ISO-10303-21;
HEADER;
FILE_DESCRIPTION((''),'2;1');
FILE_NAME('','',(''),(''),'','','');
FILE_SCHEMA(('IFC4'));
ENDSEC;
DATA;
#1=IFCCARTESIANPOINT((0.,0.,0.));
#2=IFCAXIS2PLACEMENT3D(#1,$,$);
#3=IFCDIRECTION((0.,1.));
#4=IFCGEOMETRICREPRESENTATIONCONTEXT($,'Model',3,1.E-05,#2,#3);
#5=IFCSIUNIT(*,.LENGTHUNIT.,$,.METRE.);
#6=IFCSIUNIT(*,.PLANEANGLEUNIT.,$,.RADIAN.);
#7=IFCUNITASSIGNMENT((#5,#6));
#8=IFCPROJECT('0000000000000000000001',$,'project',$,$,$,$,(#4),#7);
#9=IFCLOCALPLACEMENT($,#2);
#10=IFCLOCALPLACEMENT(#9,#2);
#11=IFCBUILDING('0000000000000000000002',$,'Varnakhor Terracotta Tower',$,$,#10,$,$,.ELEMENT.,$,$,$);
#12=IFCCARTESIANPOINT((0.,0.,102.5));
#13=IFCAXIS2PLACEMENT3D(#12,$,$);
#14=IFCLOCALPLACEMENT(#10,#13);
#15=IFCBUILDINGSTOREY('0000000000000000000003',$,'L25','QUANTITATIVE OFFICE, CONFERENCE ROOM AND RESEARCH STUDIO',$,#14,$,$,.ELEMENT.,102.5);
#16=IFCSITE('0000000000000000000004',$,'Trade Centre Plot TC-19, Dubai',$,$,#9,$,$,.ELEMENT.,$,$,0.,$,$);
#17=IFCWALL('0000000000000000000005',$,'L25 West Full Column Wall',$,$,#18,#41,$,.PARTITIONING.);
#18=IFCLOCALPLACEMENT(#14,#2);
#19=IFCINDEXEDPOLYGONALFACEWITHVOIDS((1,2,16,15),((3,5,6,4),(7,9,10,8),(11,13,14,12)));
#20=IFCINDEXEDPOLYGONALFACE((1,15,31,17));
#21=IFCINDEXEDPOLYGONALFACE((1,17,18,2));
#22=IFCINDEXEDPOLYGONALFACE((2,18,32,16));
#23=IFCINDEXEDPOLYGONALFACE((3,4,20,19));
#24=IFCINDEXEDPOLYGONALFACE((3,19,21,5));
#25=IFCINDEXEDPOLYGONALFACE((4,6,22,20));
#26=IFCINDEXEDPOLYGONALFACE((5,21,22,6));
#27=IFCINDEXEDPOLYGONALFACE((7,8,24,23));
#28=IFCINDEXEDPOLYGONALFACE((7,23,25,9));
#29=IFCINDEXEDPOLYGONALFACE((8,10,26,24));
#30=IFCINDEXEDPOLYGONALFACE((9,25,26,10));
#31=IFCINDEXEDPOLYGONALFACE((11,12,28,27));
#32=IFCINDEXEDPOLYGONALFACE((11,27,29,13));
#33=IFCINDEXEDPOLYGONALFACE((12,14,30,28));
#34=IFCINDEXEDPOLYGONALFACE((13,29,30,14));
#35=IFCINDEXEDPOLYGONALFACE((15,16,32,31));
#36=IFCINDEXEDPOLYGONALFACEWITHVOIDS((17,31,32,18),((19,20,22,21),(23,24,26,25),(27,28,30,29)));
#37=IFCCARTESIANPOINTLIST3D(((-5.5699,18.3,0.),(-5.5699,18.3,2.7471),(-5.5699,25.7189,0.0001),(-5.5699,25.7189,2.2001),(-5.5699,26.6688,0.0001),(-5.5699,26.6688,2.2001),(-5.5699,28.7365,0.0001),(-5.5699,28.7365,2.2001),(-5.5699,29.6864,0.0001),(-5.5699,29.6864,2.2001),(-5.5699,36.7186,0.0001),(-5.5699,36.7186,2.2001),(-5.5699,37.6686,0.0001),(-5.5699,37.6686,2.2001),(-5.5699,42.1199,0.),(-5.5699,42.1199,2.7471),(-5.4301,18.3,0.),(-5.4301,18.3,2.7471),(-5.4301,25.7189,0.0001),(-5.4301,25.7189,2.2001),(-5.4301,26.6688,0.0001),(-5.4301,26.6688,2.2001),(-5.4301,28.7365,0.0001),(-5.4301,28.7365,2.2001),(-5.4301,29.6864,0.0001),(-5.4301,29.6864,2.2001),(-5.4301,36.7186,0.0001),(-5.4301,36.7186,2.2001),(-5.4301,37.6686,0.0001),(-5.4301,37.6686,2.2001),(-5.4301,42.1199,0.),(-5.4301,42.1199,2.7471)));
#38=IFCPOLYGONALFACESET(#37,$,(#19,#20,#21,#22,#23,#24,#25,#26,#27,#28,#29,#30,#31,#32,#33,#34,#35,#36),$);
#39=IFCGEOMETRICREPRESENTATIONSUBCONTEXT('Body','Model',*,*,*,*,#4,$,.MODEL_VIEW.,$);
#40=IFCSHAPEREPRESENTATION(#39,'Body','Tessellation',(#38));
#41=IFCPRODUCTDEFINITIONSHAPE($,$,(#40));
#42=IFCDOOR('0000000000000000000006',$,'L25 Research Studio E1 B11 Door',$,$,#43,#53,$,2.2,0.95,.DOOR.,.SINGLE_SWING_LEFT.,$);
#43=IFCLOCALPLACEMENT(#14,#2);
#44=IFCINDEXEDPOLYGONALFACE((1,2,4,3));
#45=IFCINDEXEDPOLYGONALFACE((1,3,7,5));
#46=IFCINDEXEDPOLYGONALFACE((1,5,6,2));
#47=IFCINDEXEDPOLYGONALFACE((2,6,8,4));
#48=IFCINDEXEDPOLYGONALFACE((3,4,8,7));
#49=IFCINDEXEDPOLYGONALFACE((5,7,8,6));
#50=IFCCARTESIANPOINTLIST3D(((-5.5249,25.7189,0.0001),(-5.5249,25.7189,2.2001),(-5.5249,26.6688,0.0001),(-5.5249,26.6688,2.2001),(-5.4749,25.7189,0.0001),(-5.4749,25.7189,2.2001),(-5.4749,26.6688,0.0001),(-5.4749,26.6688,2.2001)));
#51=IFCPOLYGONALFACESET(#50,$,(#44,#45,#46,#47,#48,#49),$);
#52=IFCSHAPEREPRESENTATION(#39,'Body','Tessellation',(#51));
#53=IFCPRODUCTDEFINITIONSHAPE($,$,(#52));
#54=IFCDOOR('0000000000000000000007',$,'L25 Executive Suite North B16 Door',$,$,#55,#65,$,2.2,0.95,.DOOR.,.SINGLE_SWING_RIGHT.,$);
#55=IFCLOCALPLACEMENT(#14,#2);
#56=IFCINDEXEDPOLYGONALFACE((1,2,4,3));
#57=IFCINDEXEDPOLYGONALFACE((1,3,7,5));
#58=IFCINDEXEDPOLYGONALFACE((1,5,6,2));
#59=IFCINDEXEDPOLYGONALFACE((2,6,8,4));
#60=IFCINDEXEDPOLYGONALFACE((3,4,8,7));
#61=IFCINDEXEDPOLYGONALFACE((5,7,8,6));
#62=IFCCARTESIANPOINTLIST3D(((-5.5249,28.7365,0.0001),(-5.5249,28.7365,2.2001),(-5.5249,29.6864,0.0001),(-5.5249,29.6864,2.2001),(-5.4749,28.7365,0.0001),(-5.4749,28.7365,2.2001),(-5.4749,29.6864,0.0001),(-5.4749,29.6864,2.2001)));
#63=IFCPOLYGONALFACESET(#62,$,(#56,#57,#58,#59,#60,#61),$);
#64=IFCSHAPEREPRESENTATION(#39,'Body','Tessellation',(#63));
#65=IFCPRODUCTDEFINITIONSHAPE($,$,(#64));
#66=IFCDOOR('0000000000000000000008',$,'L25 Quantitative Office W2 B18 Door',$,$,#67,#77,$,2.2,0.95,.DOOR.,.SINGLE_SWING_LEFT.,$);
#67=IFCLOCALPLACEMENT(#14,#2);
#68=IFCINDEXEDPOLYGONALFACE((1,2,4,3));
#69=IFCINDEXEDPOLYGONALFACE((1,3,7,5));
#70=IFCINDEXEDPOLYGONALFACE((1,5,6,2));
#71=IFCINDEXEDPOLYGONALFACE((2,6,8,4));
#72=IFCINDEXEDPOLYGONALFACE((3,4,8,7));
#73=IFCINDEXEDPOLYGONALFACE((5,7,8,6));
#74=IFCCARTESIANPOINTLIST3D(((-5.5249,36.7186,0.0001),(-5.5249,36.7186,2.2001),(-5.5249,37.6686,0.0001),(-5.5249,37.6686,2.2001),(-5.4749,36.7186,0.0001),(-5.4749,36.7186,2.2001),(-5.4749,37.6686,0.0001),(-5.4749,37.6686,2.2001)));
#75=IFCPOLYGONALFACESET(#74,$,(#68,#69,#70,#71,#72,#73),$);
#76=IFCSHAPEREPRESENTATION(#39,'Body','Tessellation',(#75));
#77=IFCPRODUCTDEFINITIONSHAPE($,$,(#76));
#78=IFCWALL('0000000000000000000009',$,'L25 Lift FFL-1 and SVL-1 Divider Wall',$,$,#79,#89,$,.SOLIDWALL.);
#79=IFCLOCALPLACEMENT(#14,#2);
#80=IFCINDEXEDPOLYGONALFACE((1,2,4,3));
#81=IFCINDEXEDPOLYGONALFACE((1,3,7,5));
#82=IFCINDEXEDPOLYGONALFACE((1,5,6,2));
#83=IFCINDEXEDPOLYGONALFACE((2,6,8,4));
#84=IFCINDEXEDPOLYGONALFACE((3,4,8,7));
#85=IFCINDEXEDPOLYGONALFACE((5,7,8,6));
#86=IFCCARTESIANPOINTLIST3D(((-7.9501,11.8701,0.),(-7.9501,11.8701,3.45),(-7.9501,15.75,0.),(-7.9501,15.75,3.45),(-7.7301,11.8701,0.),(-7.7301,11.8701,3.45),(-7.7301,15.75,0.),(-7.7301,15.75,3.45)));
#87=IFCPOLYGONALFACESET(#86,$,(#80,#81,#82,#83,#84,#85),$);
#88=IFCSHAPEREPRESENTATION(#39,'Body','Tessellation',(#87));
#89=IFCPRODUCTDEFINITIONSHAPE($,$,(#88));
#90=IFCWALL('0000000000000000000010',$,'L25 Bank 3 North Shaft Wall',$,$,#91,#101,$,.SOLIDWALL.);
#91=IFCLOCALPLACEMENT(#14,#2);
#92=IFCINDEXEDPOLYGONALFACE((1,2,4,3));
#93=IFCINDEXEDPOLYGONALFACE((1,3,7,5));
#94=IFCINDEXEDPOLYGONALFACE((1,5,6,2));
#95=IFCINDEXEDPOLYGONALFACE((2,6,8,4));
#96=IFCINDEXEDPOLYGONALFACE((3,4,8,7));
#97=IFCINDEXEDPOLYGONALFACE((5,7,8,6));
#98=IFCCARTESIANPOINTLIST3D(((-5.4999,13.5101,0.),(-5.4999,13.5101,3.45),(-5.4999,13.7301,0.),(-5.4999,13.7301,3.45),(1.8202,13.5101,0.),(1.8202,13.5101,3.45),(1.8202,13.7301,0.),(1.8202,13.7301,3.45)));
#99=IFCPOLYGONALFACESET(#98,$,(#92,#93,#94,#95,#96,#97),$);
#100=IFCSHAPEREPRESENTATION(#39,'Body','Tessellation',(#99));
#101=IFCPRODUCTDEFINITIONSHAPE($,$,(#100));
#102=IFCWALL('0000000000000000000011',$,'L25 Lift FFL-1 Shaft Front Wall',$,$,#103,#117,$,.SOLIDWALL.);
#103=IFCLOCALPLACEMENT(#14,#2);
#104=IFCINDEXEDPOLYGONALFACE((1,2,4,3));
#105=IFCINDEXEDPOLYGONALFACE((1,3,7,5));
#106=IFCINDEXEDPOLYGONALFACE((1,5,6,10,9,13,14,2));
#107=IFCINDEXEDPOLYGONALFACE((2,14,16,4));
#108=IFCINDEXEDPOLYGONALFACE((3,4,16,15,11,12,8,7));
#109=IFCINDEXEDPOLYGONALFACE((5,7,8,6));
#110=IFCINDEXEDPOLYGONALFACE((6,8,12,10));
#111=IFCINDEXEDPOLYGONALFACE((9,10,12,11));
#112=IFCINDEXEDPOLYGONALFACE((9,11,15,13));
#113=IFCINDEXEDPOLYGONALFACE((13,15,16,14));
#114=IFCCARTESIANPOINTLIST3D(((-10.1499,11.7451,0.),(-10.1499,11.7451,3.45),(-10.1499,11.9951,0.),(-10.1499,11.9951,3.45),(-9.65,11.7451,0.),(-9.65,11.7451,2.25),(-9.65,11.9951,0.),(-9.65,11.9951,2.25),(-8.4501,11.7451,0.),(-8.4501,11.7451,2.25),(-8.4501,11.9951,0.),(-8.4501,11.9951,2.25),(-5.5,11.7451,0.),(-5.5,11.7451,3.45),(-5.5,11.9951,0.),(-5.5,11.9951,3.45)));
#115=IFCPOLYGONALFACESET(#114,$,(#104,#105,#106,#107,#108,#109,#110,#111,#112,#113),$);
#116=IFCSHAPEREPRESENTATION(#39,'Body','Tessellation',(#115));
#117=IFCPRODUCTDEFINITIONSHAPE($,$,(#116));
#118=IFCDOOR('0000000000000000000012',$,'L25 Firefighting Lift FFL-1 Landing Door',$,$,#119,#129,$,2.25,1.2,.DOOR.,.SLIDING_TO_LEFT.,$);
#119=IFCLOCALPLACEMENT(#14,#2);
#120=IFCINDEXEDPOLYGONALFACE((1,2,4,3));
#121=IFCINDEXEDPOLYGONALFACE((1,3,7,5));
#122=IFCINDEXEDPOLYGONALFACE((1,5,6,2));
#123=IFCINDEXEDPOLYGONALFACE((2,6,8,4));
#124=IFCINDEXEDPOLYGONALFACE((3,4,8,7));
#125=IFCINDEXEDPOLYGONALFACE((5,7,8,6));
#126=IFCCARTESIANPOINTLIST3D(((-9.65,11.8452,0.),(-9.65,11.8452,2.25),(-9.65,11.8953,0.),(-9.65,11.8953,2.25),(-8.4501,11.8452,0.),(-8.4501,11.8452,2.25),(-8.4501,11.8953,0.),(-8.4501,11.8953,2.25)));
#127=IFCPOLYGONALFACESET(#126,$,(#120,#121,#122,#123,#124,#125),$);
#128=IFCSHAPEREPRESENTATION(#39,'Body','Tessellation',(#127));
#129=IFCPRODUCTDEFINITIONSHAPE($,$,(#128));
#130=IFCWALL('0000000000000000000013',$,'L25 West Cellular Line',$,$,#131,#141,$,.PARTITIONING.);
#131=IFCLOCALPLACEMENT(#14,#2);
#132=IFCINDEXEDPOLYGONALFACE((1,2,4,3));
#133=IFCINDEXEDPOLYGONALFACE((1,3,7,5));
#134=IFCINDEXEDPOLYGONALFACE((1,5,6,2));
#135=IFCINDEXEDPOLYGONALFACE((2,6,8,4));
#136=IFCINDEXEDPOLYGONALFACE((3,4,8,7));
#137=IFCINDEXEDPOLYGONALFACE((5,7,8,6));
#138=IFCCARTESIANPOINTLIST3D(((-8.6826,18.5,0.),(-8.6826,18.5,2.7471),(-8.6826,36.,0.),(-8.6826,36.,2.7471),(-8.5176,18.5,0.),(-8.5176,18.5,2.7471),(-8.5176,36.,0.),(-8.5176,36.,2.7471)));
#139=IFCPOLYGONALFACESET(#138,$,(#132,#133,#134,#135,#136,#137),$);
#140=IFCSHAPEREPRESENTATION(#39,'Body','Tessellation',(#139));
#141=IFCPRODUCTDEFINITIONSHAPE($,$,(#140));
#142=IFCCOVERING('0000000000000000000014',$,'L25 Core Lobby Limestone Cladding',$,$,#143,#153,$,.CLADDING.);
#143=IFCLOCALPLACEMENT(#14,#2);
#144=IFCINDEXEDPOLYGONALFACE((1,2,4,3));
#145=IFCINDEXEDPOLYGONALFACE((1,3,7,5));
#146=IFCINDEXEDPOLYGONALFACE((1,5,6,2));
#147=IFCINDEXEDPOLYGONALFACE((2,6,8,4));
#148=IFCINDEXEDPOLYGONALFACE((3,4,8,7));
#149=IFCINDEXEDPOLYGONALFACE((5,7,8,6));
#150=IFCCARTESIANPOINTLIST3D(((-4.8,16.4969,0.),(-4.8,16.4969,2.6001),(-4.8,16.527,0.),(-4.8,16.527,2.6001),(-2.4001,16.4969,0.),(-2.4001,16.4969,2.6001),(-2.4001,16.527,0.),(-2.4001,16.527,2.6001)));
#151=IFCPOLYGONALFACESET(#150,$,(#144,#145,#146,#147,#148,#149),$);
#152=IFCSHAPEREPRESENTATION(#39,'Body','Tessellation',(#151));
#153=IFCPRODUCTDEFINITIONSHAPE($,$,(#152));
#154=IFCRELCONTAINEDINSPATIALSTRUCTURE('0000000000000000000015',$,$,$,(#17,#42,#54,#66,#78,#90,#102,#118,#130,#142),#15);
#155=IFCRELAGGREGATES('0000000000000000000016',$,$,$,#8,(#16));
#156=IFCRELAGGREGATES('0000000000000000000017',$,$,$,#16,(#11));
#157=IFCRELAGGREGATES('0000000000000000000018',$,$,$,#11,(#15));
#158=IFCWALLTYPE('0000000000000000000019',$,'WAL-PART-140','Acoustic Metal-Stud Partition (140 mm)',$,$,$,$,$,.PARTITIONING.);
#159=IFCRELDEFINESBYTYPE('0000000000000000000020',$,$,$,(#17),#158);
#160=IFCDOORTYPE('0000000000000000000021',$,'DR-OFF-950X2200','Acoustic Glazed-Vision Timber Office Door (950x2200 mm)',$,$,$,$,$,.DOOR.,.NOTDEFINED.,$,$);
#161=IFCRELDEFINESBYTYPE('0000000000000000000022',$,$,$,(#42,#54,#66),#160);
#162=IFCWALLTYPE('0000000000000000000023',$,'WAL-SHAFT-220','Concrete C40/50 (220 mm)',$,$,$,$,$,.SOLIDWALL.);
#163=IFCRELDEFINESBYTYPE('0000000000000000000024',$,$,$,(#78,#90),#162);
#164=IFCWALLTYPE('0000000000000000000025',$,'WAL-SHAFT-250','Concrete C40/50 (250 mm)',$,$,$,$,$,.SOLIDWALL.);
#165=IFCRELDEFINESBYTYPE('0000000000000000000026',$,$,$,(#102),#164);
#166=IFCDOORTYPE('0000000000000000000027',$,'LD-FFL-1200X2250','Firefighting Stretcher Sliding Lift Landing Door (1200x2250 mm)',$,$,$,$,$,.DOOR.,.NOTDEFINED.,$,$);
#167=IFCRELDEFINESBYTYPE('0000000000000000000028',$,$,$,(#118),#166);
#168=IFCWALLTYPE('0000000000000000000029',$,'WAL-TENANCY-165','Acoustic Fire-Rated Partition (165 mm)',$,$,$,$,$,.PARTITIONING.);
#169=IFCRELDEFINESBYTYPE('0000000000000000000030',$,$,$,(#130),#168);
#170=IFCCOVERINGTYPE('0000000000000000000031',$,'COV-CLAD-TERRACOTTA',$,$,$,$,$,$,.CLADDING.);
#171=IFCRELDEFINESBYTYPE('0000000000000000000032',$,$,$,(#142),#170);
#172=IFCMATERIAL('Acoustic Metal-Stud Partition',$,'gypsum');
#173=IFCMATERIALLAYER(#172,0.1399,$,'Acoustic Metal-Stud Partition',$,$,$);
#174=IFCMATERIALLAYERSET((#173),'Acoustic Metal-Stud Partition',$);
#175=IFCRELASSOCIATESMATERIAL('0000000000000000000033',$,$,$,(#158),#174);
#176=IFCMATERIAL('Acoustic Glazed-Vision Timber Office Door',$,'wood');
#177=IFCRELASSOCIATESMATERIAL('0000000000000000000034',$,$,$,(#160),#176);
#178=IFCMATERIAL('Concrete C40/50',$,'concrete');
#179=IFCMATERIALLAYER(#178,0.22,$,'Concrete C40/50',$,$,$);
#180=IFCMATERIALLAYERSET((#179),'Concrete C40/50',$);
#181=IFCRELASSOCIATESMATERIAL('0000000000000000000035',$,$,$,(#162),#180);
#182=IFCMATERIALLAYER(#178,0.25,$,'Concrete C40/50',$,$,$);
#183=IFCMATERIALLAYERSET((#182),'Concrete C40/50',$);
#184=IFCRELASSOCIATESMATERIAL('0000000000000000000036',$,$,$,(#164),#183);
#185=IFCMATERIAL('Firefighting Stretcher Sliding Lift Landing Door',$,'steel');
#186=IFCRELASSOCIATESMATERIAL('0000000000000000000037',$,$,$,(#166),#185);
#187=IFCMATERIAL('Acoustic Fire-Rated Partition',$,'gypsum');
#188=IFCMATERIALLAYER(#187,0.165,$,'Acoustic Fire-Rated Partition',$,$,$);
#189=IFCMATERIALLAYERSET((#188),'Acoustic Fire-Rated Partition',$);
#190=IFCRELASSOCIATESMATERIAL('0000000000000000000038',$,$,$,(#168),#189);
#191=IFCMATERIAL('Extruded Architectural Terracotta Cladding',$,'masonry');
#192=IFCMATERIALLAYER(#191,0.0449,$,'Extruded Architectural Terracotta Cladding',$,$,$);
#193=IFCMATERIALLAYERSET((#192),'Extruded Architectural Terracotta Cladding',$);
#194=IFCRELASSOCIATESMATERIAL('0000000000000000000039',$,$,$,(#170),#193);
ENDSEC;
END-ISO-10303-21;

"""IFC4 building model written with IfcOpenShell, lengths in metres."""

from ifc_helpers import new_model, si_unit, direction, frame, frame_2d, origin, origin_2d, place, context, subcontext, project, spatial, rectangle, extrude, source, transform, mapped, material, layer, layer_set, type_object, type_shapes, element, fill, save


model = new_model("IFC4")

# Units and contexts
model_context = context("Model", 3, precision=1e-05, world=origin(), true_north=direction((0.0, 1.0)))
body_context = subcontext(model_context, "Body", "Model", "MODEL_VIEW")
ifc_project = project(units=[si_unit("LENGTHUNIT", "METRE"), si_unit("PLANEANGLEUNIT", "RADIAN")], contexts=[model_context])

# Site, building, storey
site_placement = place(None, origin())
site = spatial("IfcSite", under=ifc_project, at=site_placement, Name="Trade Centre Plot TC-19, Dubai", CompositionType="ELEMENT", RefElevation=0.0)
building_placement = place(site_placement, origin())
building = spatial("IfcBuilding", under=site, at=building_placement, Name="Varnakhor Terracotta Tower", CompositionType="ELEMENT")
storey_placement = place(building_placement, frame((0.0, 0.0, 102.5)))
storey = spatial("IfcBuildingStorey", under=building, at=storey_placement, Name="L25", Description="QUANTITATIVE OFFICE, CONFERENCE ROOM AND RESEARCH STUDIO", CompositionType="ELEMENT", Elevation=102.5)

# Wall, openings, doors
ifc_material_1 = material(Name="Acoustic Metal-Stud Partition", Category="gypsum")
ifc_layer_1 = layer(ifc_material_1, 0.1399, Name="Acoustic Metal-Stud Partition")
ifc_layer_set_1 = layer_set([ifc_layer_1], Name="Acoustic Metal-Stud Partition")
wall_type_1 = type_object("IfcWallType", Name="WAL-PART-140", Description="Acoustic Metal-Stud Partition (140 mm)", PredefinedType="PARTITIONING", material=ifc_layer_set_1)
wall_1_placement = place(storey_placement, frame((-5.5, 18.3, 0.0), z_axis=(0.0, 0.0, 1.0), x_axis=(0.0, 1.0, 0.0)))
wall_1 = element("IfcWall", 1, at=wall_1_placement, inside=storey, type_object=wall_type_1, Name="L25 West Full Column Wall", PredefinedType="PARTITIONING", context=body_context, shape_type="SweptSolid", body=[
    extrude(rectangle(XDim=23.8198, YDim=0.1399, at=frame_2d((11.9099, 0.0))), origin(), (0.0, 0.0, 1.0), 2.7471),
])
opening_1_placement = place(wall_1_placement, frame((7.4187, 0.0, 0.0)))
opening_1 = element("IfcOpeningElement", 2, at=opening_1_placement, cuts=wall_1, PredefinedType="OPENING", context=body_context, shape_type="SweptSolid", body=[
    extrude(rectangle(XDim=0.95, YDim=2.2, at=frame_2d((0.4751, 1.1001))), frame((0.0, 0.0801, 0.0), z_axis=(0.0, -1.0, 0.0), x_axis=(1.0, 0.0, 0.0)), (0.0, 0.0, 1.0), 0.1599),
])
opening_2_placement = place(wall_1_placement, frame((10.4363, 0.0, 0.0)))
opening_2 = element("IfcOpeningElement", 3, at=opening_2_placement, cuts=wall_1, PredefinedType="OPENING", context=body_context, shape_type="SweptSolid", body=[
    extrude(rectangle(XDim=0.95, YDim=2.2, at=frame_2d((0.4751, 1.1001))), frame((0.0, 0.0801, 0.0), z_axis=(0.0, -1.0, 0.0), x_axis=(1.0, 0.0, 0.0)), (0.0, 0.0, 1.0), 0.1599),
])
opening_3_placement = place(wall_1_placement, frame((18.4185, 0.0, 0.0)))
opening_3 = element("IfcOpeningElement", 4, at=opening_3_placement, cuts=wall_1, PredefinedType="OPENING", context=body_context, shape_type="SweptSolid", body=[
    extrude(rectangle(XDim=0.95, YDim=2.2, at=frame_2d((0.4751, 1.1001))), frame((0.0, 0.0801, 0.0), z_axis=(0.0, -1.0, 0.0), x_axis=(1.0, 0.0, 0.0)), (0.0, 0.0, 1.0), 0.1599),
])
ifc_material_2 = material(Name="Acoustic Glazed-Vision Timber Office Door", Category="wood")
door_type_1 = type_object("IfcDoorType", Name="DR-OFF-950X2200", Description="Acoustic Glazed-Vision Timber Office Door (950x2200 mm)", OperationType="NOTDEFINED", PredefinedType="DOOR", material=ifc_material_2)
shared_shape_1 = source(origin(), body_context, "Body", "SweptSolid", [
    extrude(rectangle(XDim=0.95, YDim=2.2, at=frame_2d((0.4751, 1.1001))), frame((0.0, 0.0249, 0.0), z_axis=(0.0, -1.0, 0.0), x_axis=(1.0, 0.0, 0.0)), (0.0, 0.0, 1.0), 0.05),
])
type_shapes(door_type_1, [shared_shape_1])
door_1_placement = place(opening_1_placement, origin())
door_1 = element("IfcDoor", 5, at=door_1_placement, inside=storey, type_object=door_type_1, Name="L25 Research Studio E1 B11 Door", OperationType="SINGLE_SWING_LEFT", OverallHeight=2.2, OverallWidth=0.95, PredefinedType="DOOR", context=body_context, shape_type="MappedRepresentation", body=[
    mapped(shared_shape_1, transform((0.0, 0.0, 0.0), scale=1.0)),
])
fill(opening_1, door_1)
door_2_placement = place(opening_2_placement, origin())
door_2 = element("IfcDoor", 6, at=door_2_placement, inside=storey, type_object=door_type_1, Name="L25 Executive Suite North B16 Door", OperationType="SINGLE_SWING_RIGHT", OverallHeight=2.2, OverallWidth=0.95, PredefinedType="DOOR", context=body_context, shape_type="MappedRepresentation", body=[
    mapped(shared_shape_1, transform((0.0, 0.0, 0.0), scale=1.0)),
])
fill(opening_2, door_2)
door_3_placement = place(opening_3_placement, origin())
door_3 = element("IfcDoor", 7, at=door_3_placement, inside=storey, type_object=door_type_1, Name="L25 Quantitative Office W2 B18 Door", OperationType="SINGLE_SWING_LEFT", OverallHeight=2.2, OverallWidth=0.95, PredefinedType="DOOR", context=body_context, shape_type="MappedRepresentation", body=[
    mapped(shared_shape_1, transform((0.0, 0.0, 0.0), scale=1.0)),
])
fill(opening_3, door_3)

# Walls
ifc_material_3 = material(Name="Concrete C40/50", Category="concrete")
ifc_layer_2 = layer(ifc_material_3, 0.22, Name="Concrete C40/50")
ifc_layer_set_2 = layer_set([ifc_layer_2], Name="Concrete C40/50")
wall_type_2 = type_object("IfcWallType", Name="WAL-SHAFT-220", Description="Concrete C40/50 (220 mm)", PredefinedType="SOLIDWALL", material=ifc_layer_set_2)
wall_2_placement = place(storey_placement, frame((-7.8401, 11.8701, 0.0), z_axis=(0.0, 0.0, 1.0), x_axis=(0.0, 1.0, 0.0)))
element("IfcWall", 8, at=wall_2_placement, inside=storey, type_object=wall_type_2, Name="L25 Lift FFL-1 and SVL-1 Divider Wall", PredefinedType="SOLIDWALL", context=body_context, shape_type="SweptSolid", body=[
    extrude(rectangle(XDim=3.8799, YDim=0.22, at=frame_2d((1.9399, 0.0))), origin(), (0.0, 0.0, 1.0), 3.45),
])
wall_3_placement = place(storey_placement, frame((-5.5, 13.6201, 0.0), z_axis=(0.0, 0.0, 1.0), x_axis=(1.0, 0.0, 0.0)))
element("IfcWall", 9, at=wall_3_placement, inside=storey, type_object=wall_type_2, Name="L25 Bank 3 North Shaft Wall", PredefinedType="SOLIDWALL", context=body_context, shape_type="SweptSolid", body=[
    extrude(rectangle(XDim=7.3201, YDim=0.22, at=frame_2d((3.6602, 0.0))), origin(), (0.0, 0.0, 1.0), 3.45),
])

# Wall, opening, door
ifc_layer_3 = layer(ifc_material_3, 0.25, Name="Concrete C40/50")
ifc_layer_set_3 = layer_set([ifc_layer_3], Name="Concrete C40/50")
wall_type_3 = type_object("IfcWallType", Name="WAL-SHAFT-250", Description="Concrete C40/50 (250 mm)", PredefinedType="SOLIDWALL", material=ifc_layer_set_3)
wall_4_placement = place(storey_placement, frame((-5.5, 11.8701, 0.0), z_axis=(0.0, 0.0, 1.0), x_axis=(-1.0, 0.0, 0.0)))
wall_4 = element("IfcWall", 10, at=wall_4_placement, inside=storey, type_object=wall_type_3, Name="L25 Lift FFL-1 Shaft Front Wall", PredefinedType="SOLIDWALL", context=body_context, shape_type="SweptSolid", body=[
    extrude(rectangle(XDim=4.6499, YDim=0.25, at=frame_2d((2.325, 0.0))), origin(), (0.0, 0.0, 1.0), 3.45),
])
opening_4_placement = place(wall_4_placement, frame((2.95, 0.0, 0.0)))
opening_4 = element("IfcOpeningElement", 11, at=opening_4_placement, cuts=wall_4, PredefinedType="OPENING", context=body_context, shape_type="SweptSolid", body=[
    extrude(rectangle(XDim=1.2, YDim=2.25, at=frame_2d((0.6001, 1.125))), frame((0.0, 0.135, 0.0), z_axis=(0.0, -1.0, 0.0), x_axis=(1.0, 0.0, 0.0)), (0.0, 0.0, 1.0), 0.27),
])
ifc_material_4 = material(Name="Firefighting Stretcher Sliding Lift Landing Door", Category="steel")
door_type_2 = type_object("IfcDoorType", Name="LD-FFL-1200X2250", Description="Firefighting Stretcher Sliding Lift Landing Door (1200x2250 mm)", OperationType="NOTDEFINED", PredefinedType="DOOR", material=ifc_material_4)
shared_shape_2 = source(origin(), body_context, "Body", "SweptSolid", [
    extrude(rectangle(XDim=1.2, YDim=2.25, at=frame_2d((0.6001, 1.125))), frame((0.0, 0.0249, 0.0), z_axis=(0.0, -1.0, 0.0), x_axis=(1.0, 0.0, 0.0)), (0.0, 0.0, 1.0), 0.05),
])
type_shapes(door_type_2, [shared_shape_2])
door_4_placement = place(opening_4_placement, origin())
door_4 = element("IfcDoor", 12, at=door_4_placement, inside=storey, type_object=door_type_2, Name="L25 Firefighting Lift FFL-1 Landing Door", OperationType="SLIDING_TO_LEFT", OverallHeight=2.25, OverallWidth=1.2, PredefinedType="DOOR", context=body_context, shape_type="MappedRepresentation", body=[
    mapped(shared_shape_2, transform((0.0, 0.0, 0.0), scale=1.0)),
])
fill(opening_4, door_4)

# Wall
ifc_material_5 = material(Name="Acoustic Fire-Rated Partition", Category="gypsum")
ifc_layer_4 = layer(ifc_material_5, 0.165, Name="Acoustic Fire-Rated Partition")
ifc_layer_set_4 = layer_set([ifc_layer_4], Name="Acoustic Fire-Rated Partition")
wall_type_4 = type_object("IfcWallType", Name="WAL-TENANCY-165", Description="Acoustic Fire-Rated Partition (165 mm)", PredefinedType="PARTITIONING", material=ifc_layer_set_4)
wall_5_placement = place(storey_placement, frame((-8.6001, 18.5, 0.0), z_axis=(0.0, 0.0, 1.0), x_axis=(0.0, 1.0, 0.0)))
element("IfcWall", 13, at=wall_5_placement, inside=storey, type_object=wall_type_4, Name="L25 West Cellular Line", PredefinedType="PARTITIONING", context=body_context, shape_type="SweptSolid", body=[
    extrude(rectangle(XDim=17.5, YDim=0.165, at=frame_2d((8.75, 0.0))), origin(), (0.0, 0.0, 1.0), 2.7471),
])

# Covering
ifc_material_6 = material(Name="Extruded Architectural Terracotta Cladding", Category="masonry")
ifc_layer_5 = layer(ifc_material_6, 0.0449, Name="Extruded Architectural Terracotta Cladding")
ifc_layer_set_5 = layer_set([ifc_layer_5], Name="Extruded Architectural Terracotta Cladding")
covering_type_1 = type_object("IfcCoveringType", Name="COV-CLAD-TERRACOTTA", PredefinedType="CLADDING", material=ifc_layer_set_5)
shared_shape_3 = source(origin(), body_context, "Body", "SweptSolid", [
    extrude(rectangle(XDim=2.3999, YDim=0.03, at=origin_2d()), origin(), (0.0, 0.0, 1.0), 2.6001),
])
type_shapes(covering_type_1, [shared_shape_3])
covering_1_placement = place(storey_placement, frame((-3.6001, 16.512, 0.0), z_axis=(0.0, 0.0, 1.0), x_axis=(1.0, 0.0, 0.0)))
element("IfcCovering", 14, at=covering_1_placement, inside=storey, type_object=covering_type_1, Name="L25 Core Lobby Limestone Cladding", PredefinedType="CLADDING", context=body_context, shape_type="MappedRepresentation", body=[
    mapped(shared_shape_3, transform((0.0, 0.0, 0.0), scale=1.0)),
])

save(model, "model.ifc")
